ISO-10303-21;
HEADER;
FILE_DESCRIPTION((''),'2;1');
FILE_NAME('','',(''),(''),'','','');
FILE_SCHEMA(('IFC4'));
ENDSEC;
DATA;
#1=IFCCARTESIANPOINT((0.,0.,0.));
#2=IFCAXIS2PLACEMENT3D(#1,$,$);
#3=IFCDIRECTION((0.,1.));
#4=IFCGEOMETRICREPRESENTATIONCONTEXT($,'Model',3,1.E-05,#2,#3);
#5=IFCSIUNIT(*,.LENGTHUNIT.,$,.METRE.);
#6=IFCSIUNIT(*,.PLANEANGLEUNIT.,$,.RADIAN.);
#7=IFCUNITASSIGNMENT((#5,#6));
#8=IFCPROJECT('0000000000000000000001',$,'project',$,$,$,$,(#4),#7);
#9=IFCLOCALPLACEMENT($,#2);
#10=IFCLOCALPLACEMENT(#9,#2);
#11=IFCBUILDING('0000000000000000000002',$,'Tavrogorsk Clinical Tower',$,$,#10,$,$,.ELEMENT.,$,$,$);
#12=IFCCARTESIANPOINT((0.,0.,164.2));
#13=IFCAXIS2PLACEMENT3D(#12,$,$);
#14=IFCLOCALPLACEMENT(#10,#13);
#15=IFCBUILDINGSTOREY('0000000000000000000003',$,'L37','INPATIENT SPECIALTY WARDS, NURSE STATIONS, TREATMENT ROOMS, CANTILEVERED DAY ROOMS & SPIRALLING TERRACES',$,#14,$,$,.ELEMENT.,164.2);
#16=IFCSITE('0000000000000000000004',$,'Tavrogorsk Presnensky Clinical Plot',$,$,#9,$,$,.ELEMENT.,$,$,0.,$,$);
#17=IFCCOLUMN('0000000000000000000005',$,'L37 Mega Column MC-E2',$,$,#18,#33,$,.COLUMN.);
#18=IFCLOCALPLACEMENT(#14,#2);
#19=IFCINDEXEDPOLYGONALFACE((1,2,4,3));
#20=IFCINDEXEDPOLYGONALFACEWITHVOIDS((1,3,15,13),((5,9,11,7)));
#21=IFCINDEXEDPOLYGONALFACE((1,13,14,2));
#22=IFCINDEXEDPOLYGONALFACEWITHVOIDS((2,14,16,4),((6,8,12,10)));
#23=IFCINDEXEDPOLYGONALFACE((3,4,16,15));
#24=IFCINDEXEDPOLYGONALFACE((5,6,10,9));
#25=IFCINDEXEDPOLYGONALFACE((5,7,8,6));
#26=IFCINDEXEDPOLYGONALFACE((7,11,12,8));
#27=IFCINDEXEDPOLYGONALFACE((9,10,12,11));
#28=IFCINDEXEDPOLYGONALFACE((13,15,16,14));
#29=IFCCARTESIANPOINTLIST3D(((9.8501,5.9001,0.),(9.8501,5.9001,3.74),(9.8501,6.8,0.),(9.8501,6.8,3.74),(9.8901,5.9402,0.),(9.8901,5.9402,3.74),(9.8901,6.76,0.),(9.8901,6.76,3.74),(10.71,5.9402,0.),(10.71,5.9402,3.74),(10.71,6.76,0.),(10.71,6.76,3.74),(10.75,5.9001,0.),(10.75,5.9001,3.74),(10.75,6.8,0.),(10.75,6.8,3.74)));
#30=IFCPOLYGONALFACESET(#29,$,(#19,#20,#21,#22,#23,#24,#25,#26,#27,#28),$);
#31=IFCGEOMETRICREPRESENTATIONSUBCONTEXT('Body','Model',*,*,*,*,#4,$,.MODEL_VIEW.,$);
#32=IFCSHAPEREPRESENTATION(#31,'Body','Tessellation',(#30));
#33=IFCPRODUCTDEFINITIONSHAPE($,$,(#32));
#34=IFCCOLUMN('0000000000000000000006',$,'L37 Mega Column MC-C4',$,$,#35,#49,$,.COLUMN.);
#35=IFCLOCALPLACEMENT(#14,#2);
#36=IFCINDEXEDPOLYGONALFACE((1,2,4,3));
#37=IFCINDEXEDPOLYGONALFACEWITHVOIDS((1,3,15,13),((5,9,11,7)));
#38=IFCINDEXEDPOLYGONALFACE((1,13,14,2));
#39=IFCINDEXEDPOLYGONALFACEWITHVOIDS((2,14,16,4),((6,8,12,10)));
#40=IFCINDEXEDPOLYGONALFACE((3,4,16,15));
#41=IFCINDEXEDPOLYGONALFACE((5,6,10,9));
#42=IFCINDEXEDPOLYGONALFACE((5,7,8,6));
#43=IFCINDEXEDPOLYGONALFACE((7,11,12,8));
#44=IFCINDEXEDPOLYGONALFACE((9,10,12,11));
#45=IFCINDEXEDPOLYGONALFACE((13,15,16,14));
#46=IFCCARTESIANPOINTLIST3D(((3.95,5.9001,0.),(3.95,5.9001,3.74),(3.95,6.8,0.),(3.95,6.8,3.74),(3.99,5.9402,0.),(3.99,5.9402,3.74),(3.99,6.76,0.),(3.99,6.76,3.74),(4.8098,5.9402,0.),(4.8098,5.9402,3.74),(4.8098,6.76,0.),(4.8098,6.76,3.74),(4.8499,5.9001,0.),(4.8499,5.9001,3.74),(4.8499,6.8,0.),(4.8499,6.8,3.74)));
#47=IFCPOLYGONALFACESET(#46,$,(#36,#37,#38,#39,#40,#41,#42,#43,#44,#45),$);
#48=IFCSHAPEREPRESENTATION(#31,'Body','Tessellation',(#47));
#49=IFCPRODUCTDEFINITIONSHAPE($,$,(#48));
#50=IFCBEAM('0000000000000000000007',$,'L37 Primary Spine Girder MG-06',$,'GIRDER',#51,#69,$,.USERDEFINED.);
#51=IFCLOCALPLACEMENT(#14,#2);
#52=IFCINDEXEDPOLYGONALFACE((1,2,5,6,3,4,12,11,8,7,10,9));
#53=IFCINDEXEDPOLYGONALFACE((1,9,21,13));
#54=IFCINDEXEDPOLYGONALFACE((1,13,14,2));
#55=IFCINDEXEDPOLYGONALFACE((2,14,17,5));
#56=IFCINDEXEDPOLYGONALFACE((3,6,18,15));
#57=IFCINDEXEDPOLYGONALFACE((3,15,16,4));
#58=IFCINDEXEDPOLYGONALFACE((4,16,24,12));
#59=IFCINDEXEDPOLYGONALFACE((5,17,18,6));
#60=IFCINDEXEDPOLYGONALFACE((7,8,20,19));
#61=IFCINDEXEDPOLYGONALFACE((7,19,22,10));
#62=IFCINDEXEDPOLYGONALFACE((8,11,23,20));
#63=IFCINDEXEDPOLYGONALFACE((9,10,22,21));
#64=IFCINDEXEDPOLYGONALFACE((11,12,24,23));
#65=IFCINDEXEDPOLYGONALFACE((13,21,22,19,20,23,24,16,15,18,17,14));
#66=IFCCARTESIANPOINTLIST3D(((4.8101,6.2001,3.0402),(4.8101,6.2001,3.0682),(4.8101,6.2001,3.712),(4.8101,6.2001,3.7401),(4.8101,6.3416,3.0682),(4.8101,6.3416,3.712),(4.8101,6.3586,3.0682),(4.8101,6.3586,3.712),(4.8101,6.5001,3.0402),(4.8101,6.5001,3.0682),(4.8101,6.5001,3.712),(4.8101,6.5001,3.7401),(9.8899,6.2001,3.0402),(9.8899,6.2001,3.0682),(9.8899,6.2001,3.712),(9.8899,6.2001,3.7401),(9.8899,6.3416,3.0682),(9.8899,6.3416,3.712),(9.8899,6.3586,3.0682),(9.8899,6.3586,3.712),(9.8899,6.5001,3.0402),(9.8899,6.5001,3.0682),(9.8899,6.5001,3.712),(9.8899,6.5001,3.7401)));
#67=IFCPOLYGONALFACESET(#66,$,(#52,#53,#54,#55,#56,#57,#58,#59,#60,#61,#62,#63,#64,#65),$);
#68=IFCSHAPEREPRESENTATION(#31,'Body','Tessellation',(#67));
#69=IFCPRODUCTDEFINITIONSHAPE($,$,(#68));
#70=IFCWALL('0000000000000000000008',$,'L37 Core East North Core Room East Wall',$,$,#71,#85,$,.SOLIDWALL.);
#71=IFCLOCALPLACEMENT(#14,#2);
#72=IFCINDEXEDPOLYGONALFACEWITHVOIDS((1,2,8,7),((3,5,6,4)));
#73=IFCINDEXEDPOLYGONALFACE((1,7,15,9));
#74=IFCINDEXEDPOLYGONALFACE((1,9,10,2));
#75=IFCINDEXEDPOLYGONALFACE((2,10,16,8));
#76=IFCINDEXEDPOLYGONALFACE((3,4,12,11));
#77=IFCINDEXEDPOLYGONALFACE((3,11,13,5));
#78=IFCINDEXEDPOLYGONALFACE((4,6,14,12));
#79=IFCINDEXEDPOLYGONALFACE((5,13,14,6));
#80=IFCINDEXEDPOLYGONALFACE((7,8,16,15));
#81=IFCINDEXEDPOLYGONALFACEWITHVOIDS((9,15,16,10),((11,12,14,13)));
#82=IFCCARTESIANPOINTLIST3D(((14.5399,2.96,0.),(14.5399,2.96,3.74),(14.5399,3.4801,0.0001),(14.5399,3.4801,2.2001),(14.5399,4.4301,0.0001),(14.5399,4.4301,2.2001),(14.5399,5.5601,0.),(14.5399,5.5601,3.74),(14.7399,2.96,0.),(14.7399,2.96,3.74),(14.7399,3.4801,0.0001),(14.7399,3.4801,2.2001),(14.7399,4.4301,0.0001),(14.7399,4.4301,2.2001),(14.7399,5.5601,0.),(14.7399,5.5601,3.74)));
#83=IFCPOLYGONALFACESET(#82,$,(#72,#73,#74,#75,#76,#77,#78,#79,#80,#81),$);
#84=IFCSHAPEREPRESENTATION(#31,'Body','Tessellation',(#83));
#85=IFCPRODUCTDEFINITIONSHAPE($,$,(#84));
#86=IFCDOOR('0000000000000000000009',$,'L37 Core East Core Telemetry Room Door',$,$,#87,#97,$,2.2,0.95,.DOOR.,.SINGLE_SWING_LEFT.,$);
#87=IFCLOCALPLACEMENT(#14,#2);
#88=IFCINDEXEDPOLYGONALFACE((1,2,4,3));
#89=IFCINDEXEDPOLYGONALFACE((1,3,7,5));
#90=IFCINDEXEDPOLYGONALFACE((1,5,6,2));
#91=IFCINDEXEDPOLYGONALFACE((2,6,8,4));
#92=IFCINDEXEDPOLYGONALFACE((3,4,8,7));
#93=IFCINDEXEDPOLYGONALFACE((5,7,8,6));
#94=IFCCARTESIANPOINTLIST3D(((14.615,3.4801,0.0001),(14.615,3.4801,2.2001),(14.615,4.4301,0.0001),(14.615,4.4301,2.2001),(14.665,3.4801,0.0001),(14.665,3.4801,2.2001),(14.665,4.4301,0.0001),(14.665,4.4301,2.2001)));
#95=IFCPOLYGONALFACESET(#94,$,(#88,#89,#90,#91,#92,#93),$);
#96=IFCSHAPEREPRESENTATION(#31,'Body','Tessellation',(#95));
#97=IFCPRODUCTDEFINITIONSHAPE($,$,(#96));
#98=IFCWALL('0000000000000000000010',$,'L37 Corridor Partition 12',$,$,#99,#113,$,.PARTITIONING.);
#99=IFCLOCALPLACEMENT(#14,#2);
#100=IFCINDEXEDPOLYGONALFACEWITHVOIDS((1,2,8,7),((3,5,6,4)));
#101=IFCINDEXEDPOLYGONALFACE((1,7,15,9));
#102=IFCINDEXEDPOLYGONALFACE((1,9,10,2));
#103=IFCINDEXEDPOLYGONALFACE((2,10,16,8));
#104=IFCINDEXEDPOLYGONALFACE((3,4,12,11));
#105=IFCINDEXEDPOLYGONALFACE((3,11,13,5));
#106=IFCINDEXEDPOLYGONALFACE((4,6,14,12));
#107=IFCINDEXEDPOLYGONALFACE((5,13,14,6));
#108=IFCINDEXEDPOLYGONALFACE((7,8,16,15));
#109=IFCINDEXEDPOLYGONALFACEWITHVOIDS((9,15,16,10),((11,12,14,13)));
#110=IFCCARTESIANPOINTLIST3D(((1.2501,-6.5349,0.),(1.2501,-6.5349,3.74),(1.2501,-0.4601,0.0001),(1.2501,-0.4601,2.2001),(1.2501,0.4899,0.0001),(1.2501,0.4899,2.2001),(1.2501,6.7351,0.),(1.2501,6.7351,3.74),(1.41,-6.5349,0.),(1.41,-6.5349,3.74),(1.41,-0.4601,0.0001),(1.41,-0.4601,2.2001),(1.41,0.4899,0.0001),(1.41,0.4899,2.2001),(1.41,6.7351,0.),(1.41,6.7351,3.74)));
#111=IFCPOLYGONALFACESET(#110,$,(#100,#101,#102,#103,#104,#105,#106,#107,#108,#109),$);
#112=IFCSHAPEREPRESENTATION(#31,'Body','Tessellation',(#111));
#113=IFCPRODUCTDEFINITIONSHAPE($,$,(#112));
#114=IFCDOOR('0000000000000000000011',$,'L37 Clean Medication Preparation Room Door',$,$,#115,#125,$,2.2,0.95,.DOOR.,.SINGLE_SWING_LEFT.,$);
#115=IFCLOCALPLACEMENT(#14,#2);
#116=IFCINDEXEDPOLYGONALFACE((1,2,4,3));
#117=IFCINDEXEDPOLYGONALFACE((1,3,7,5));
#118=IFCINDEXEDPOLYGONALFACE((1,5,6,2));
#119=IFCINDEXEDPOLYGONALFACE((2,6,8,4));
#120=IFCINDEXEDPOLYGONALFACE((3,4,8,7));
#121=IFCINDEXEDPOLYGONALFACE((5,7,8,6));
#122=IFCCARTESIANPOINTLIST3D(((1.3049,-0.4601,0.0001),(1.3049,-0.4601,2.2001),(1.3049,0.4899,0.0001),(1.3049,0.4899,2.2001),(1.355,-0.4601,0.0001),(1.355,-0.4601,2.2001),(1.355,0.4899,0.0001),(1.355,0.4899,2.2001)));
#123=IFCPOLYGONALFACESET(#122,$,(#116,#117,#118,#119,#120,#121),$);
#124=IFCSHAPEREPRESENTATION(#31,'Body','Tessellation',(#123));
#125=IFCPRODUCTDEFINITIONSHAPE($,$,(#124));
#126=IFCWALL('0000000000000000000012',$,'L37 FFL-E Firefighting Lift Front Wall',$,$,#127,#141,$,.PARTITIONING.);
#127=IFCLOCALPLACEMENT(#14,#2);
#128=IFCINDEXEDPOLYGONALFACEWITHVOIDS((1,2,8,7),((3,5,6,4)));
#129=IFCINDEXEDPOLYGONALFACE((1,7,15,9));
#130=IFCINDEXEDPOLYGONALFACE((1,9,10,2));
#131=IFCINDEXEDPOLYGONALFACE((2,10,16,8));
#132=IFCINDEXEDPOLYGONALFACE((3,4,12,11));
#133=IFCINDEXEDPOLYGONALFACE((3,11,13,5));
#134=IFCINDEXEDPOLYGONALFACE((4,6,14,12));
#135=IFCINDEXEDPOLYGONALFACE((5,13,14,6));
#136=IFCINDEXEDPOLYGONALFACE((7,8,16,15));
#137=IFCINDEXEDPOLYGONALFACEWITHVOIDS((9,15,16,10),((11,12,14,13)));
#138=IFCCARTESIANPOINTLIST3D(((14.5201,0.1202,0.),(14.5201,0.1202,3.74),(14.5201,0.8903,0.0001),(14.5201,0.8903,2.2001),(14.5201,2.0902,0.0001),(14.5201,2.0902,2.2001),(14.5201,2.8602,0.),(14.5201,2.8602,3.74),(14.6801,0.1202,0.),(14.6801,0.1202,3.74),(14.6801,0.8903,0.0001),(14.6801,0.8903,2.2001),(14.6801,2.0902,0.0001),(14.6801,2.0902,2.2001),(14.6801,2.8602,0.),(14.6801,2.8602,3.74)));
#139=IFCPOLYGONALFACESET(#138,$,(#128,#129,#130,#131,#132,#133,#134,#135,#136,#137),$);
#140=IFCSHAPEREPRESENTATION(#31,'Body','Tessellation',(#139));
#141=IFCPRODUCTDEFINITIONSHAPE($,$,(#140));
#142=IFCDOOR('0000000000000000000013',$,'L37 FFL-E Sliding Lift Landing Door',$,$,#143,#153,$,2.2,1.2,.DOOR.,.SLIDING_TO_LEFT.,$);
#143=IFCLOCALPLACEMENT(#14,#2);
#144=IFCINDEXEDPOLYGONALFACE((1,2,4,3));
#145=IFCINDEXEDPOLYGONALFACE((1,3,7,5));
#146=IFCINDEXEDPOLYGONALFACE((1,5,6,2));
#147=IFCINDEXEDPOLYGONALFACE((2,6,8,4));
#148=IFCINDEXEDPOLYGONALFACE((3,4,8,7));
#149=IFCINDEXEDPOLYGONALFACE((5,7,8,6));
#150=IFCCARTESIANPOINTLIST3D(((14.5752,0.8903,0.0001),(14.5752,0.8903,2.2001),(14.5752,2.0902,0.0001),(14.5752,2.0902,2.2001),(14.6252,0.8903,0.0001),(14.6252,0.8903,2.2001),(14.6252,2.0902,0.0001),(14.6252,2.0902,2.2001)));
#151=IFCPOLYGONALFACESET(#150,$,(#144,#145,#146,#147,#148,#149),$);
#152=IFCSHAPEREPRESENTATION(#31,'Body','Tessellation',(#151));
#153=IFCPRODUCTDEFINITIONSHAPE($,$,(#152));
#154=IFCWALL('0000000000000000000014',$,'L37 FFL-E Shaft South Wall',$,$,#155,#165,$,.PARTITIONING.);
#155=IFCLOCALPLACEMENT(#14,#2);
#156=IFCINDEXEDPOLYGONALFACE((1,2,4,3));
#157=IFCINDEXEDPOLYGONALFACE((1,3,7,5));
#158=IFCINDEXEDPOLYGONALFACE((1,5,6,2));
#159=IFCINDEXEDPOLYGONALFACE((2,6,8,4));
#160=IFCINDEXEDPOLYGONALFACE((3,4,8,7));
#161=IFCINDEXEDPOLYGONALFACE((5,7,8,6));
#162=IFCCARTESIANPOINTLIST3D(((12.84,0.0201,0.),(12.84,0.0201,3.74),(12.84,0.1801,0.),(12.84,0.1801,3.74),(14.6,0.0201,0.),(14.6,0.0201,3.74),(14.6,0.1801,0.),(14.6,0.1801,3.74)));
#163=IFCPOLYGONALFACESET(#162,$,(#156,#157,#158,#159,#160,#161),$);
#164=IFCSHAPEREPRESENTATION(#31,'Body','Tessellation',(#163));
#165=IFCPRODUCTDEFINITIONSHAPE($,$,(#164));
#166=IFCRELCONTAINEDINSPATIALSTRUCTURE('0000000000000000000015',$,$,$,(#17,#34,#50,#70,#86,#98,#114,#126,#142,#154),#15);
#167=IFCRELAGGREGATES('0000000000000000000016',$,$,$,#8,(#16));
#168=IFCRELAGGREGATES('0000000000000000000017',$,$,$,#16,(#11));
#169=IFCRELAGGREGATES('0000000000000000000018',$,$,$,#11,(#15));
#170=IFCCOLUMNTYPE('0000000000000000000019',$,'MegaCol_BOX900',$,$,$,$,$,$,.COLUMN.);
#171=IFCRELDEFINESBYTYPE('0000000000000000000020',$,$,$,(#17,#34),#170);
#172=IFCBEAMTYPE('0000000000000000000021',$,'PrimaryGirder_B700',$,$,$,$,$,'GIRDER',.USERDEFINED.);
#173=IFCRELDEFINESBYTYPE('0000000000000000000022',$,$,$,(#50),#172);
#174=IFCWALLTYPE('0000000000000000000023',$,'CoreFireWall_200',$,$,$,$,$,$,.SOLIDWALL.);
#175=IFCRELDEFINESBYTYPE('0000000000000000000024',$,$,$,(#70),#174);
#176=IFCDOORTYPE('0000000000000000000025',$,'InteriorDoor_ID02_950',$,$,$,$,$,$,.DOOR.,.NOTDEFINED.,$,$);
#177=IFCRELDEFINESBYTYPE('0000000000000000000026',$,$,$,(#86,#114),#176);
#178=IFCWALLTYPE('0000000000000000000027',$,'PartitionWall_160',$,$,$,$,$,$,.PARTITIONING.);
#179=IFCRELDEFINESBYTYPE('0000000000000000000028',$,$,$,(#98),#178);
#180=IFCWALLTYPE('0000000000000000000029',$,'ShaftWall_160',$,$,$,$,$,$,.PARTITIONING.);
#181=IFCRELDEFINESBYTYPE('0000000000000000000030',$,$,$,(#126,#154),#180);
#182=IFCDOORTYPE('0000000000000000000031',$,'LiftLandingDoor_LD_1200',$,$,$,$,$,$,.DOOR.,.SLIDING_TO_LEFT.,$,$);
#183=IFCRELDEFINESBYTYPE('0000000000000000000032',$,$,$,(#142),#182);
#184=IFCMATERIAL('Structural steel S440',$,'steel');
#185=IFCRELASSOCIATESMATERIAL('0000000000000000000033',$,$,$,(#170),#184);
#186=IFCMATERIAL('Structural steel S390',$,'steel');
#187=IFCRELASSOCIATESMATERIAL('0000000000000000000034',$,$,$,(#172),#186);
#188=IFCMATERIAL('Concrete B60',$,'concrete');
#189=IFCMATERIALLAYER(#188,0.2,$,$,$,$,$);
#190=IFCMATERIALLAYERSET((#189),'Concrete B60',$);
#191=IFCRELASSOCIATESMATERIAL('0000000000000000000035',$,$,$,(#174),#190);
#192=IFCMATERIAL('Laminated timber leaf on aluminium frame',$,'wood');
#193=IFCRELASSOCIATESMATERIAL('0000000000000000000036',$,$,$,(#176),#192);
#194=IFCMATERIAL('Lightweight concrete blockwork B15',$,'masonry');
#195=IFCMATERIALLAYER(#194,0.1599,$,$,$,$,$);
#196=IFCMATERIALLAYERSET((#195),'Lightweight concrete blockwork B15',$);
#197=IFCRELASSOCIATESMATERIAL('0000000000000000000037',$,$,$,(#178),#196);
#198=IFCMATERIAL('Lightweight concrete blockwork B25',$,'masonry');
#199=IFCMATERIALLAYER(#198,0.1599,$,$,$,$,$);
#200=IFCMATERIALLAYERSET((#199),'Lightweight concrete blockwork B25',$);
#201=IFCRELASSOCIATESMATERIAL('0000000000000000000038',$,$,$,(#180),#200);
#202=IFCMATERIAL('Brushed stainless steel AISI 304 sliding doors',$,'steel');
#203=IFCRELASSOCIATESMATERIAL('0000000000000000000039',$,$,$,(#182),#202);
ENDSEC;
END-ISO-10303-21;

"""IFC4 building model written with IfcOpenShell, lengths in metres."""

from ifc_helpers import new_model, si_unit, direction, frame, frame_2d, origin, origin_2d, place, context, subcontext, project, spatial, rectangle, hollow_rectangle, i_section, extrude, material, layer, layer_set, material_profile, profile_set, type_object, element, fill, save


model = new_model("IFC4")

# Units and contexts
model_context = context("Model", 3, precision=1e-05, world=origin(), true_north=direction((0.0, 1.0)))
body_context = subcontext(model_context, "Body", "Model", "MODEL_VIEW")
ifc_project = project(units=[si_unit("LENGTHUNIT", "METRE"), si_unit("PLANEANGLEUNIT", "RADIAN")], contexts=[model_context])

# Site, building, storey
site_placement = place(None, origin())
site = spatial("IfcSite", under=ifc_project, at=site_placement, Name="Tavrogorsk Presnensky Clinical Plot", CompositionType="ELEMENT", RefElevation=0.0)
building_placement = place(site_placement, origin())
building = spatial("IfcBuilding", under=site, at=building_placement, Name="Tavrogorsk Clinical Tower", CompositionType="ELEMENT")
storey_placement = place(building_placement, frame((0.0, 0.0, 164.2)))
storey = spatial("IfcBuildingStorey", under=building, at=storey_placement, Name="L37", Description="INPATIENT SPECIALTY WARDS, NURSE STATIONS, TREATMENT ROOMS, CANTILEVERED DAY ROOMS & SPIRALLING TERRACES", CompositionType="ELEMENT", Elevation=164.2)

# Columns
ifc_material_1 = material(Name="Structural steel S440", Category="steel")
ifc_material_profile_1 = material_profile(ifc_material_1, hollow_rectangle(XDim=0.8999, YDim=0.8999, WallThickness=0.04, at=origin_2d()), Name="BOX-900x900x40")
ifc_profile_set_1 = profile_set([ifc_material_profile_1], Name="Structural steel S440")
column_type = type_object("IfcColumnType", Name="MegaCol_BOX900", PredefinedType="COLUMN", material=ifc_profile_set_1)
for number, where, z_axis, x_axis, name in (
    (1, (10.3, 6.3501, 0.0), (0.0, 0.0, 1.0), (1.0, 0.0, 0.0), "L37 Mega Column MC-E2"),
    (2, (4.3999, 6.3501, 0.0), (0.0, 0.0, 1.0), (1.0, 0.0, 0.0), "L37 Mega Column MC-C4"),
):
    element("IfcColumn", number, at=place(storey_placement, frame(where, z_axis=z_axis, x_axis=x_axis)), inside=storey, type_object=column_type, Name=name, PredefinedType="COLUMN", context=body_context, shape_type="SweptSolid", body=[
        extrude(hollow_rectangle(XDim=0.8999, YDim=0.8999, WallThickness=0.04, at=origin_2d()), origin(), (0.0, 0.0, 1.0), 3.74),
    ])

# Beam
ifc_material_2 = material(Name="Structural steel S390", Category="steel")
ifc_material_profile_2 = material_profile(ifc_material_2, i_section(OverallWidth=0.3, OverallDepth=0.7, WebThickness=0.0171, FlangeThickness=0.0281, at=origin_2d()), Name="B-700x300x17x28")
ifc_profile_set_2 = profile_set([ifc_material_profile_2], Name="Structural steel S390")
beam_type = type_object("IfcBeamType", Name="PrimaryGirder_B700", ElementType="GIRDER", PredefinedType="USERDEFINED", material=ifc_profile_set_2)
beam_placement = place(storey_placement, frame((4.8101, 6.3501, 3.3901), z_axis=(1.0, 0.0, 0.0), x_axis=(0.0, 1.0, 0.0)))
element("IfcBeam", 3, at=beam_placement, inside=storey, type_object=beam_type, Name="L37 Primary Spine Girder MG-06", ObjectType="GIRDER", PredefinedType="USERDEFINED", context=body_context, shape_type="SweptSolid", body=[
    extrude(i_section(OverallWidth=0.3, OverallDepth=0.7, WebThickness=0.0171, FlangeThickness=0.0281, at=origin_2d()), origin(), (0.0, 0.0, 1.0), 5.0798),
])

# Walls, openings, doors
ifc_material_3 = material(Name="Concrete B60", Category="concrete")
ifc_layer_1 = layer(ifc_material_3, 0.2)
ifc_layer_set_1 = layer_set([ifc_layer_1], Name="Concrete B60")
wall_type_1 = type_object("IfcWallType", Name="CoreFireWall_200", PredefinedType="SOLIDWALL", material=ifc_layer_set_1)
wall_1_placement = place(storey_placement, frame((14.6399, 2.96, 0.0), z_axis=(0.0, 0.0, 1.0), x_axis=(0.0, 1.0, 0.0)))
wall_1 = element("IfcWall", 4, at=wall_1_placement, inside=storey, type_object=wall_type_1, Name="L37 Core East North Core Room East Wall", PredefinedType="SOLIDWALL", context=body_context, shape_type="SweptSolid", body=[
    extrude(rectangle(XDim=2.6001, YDim=0.2, at=frame_2d((1.3, 0.0))), origin(), (0.0, 0.0, 1.0), 3.74),
])
opening_1_placement = place(wall_1_placement, frame((0.52, 0.0, 0.0)))
opening_1 = element("IfcOpeningElement", 5, at=opening_1_placement, cuts=wall_1, PredefinedType="OPENING", context=body_context, shape_type="SweptSolid", body=[
    extrude(rectangle(XDim=0.95, YDim=2.2, at=frame_2d((0.4751, 1.1001))), frame((0.0, 0.1099, 0.0), z_axis=(0.0, -1.0, 0.0), x_axis=(1.0, 0.0, 0.0)), (0.0, 0.0, 1.0), 0.22),
])
ifc_material_4 = material(Name="Laminated timber leaf on aluminium frame", Category="wood")
door_type_1 = type_object("IfcDoorType", Name="InteriorDoor_ID02_950", OperationType="NOTDEFINED", PredefinedType="DOOR", material=ifc_material_4)
door_1_placement = place(opening_1_placement, origin())
door_1 = element("IfcDoor", 6, at=door_1_placement, inside=storey, type_object=door_type_1, Name="L37 Core East Core Telemetry Room Door", OperationType="SINGLE_SWING_LEFT", OverallHeight=2.2, OverallWidth=0.95, PredefinedType="DOOR", context=body_context, shape_type="SweptSolid", body=[
    extrude(rectangle(XDim=0.95, YDim=2.2, at=frame_2d((0.4751, 1.1001))), frame((0.0, 0.0249, 0.0), z_axis=(0.0, -1.0, 0.0), x_axis=(1.0, 0.0, 0.0)), (0.0, 0.0, 1.0), 0.05),
])
fill(opening_1, door_1)
ifc_material_5 = material(Name="Lightweight concrete blockwork B15", Category="masonry")
ifc_layer_2 = layer(ifc_material_5, 0.1599)
ifc_layer_set_2 = layer_set([ifc_layer_2], Name="Lightweight concrete blockwork B15")
wall_type_2 = type_object("IfcWallType", Name="PartitionWall_160", PredefinedType="PARTITIONING", material=ifc_layer_set_2)
wall_2_placement = place(storey_placement, frame((1.3301, 6.7351, 0.0), z_axis=(0.0, 0.0, 1.0), x_axis=(0.0, -1.0, 0.0)))
wall_2 = element("IfcWall", 7, at=wall_2_placement, inside=storey, type_object=wall_type_2, Name="L37 Corridor Partition 12", PredefinedType="PARTITIONING", context=body_context, shape_type="SweptSolid", body=[
    extrude(rectangle(XDim=13.27, YDim=0.1599, at=frame_2d((6.635, 0.0))), origin(), (0.0, 0.0, 1.0), 3.74),
])
opening_2_placement = place(wall_2_placement, frame((6.2451, 0.0, 0.0)))
opening_2 = element("IfcOpeningElement", 8, at=opening_2_placement, cuts=wall_2, PredefinedType="OPENING", context=body_context, shape_type="SweptSolid", body=[
    extrude(rectangle(XDim=0.95, YDim=2.2, at=frame_2d((0.4751, 1.1001))), frame((0.0, 0.0898, 0.0), z_axis=(0.0, -1.0, 0.0), x_axis=(1.0, 0.0, 0.0)), (0.0, 0.0, 1.0), 0.1799),
])
door_2_placement = place(opening_2_placement, origin())
door_2 = element("IfcDoor", 9, at=door_2_placement, inside=storey, type_object=door_type_1, Name="L37 Clean Medication Preparation Room Door", OperationType="SINGLE_SWING_LEFT", OverallHeight=2.2, OverallWidth=0.95, PredefinedType="DOOR", context=body_context, shape_type="SweptSolid", body=[
    extrude(rectangle(XDim=0.95, YDim=2.2, at=frame_2d((0.4751, 1.1001))), frame((0.0, 0.0249, 0.0), z_axis=(0.0, -1.0, 0.0), x_axis=(1.0, 0.0, 0.0)), (0.0, 0.0, 1.0), 0.05),
])
fill(opening_2, door_2)
ifc_material_6 = material(Name="Lightweight concrete blockwork B25", Category="masonry")
ifc_layer_3 = layer(ifc_material_6, 0.1599)
ifc_layer_set_3 = layer_set([ifc_layer_3], Name="Lightweight concrete blockwork B25")
wall_type_3 = type_object("IfcWallType", Name="ShaftWall_160", PredefinedType="PARTITIONING", material=ifc_layer_set_3)
wall_3_placement = place(storey_placement, frame((14.6001, 0.1201, 0.0), z_axis=(0.0, 0.0, 1.0), x_axis=(0.0, 1.0, 0.0)))
wall_3 = element("IfcWall", 10, at=wall_3_placement, inside=storey, type_object=wall_type_3, Name="L37 FFL-E Firefighting Lift Front Wall", PredefinedType="PARTITIONING", context=body_context, shape_type="SweptSolid", body=[
    extrude(rectangle(XDim=2.74, YDim=0.1599, at=frame_2d((1.3701, 0.0))), origin(), (0.0, 0.0, 1.0), 3.74),
])
opening_3_placement = place(wall_3_placement, frame((0.77, 0.0, 0.0)))
opening_3 = element("IfcOpeningElement", 11, at=opening_3_placement, cuts=wall_3, PredefinedType="OPENING", context=body_context, shape_type="SweptSolid", body=[
    extrude(rectangle(XDim=1.2, YDim=2.2, at=frame_2d((0.6001, 1.1001))), frame((0.0, 0.0898, 0.0), z_axis=(0.0, -1.0, 0.0), x_axis=(1.0, 0.0, 0.0)), (0.0, 0.0, 1.0), 0.1799),
])
ifc_material_7 = material(Name="Brushed stainless steel AISI 304 sliding doors", Category="steel")
door_type_2 = type_object("IfcDoorType", Name="LiftLandingDoor_LD_1200", OperationType="SLIDING_TO_LEFT", PredefinedType="DOOR", material=ifc_material_7)
door_3_placement = place(opening_3_placement, origin())
door_3 = element("IfcDoor", 12, at=door_3_placement, inside=storey, type_object=door_type_2, Name="L37 FFL-E Sliding Lift Landing Door", OperationType="SLIDING_TO_LEFT", OverallHeight=2.2, OverallWidth=1.2, PredefinedType="DOOR", context=body_context, shape_type="SweptSolid", body=[
    extrude(rectangle(XDim=1.2, YDim=2.2, at=frame_2d((0.6001, 1.1001))), frame((0.0, 0.0249, 0.0), z_axis=(0.0, -1.0, 0.0), x_axis=(1.0, 0.0, 0.0)), (0.0, 0.0, 1.0), 0.05),
])
fill(opening_3, door_3)

# Wall
for number, where, z_axis, x_axis, name in (
    (13, (12.8401, 0.1001, 0.0), (0.0, 0.0, 1.0), (1.0, 0.0, 0.0), "L37 FFL-E Shaft South Wall"),
):
    element("IfcWall", number, at=place(storey_placement, frame(where, z_axis=z_axis, x_axis=x_axis)), inside=storey, type_object=wall_type_3, Name=name, PredefinedType="PARTITIONING", context=body_context, shape_type="SweptSolid", body=[
        extrude(rectangle(XDim=1.76, YDim=0.1599, at=frame_2d((0.8799, 0.0))), origin(), (0.0, 0.0, 1.0), 3.74),
    ])

save(model, "model.ifc")
